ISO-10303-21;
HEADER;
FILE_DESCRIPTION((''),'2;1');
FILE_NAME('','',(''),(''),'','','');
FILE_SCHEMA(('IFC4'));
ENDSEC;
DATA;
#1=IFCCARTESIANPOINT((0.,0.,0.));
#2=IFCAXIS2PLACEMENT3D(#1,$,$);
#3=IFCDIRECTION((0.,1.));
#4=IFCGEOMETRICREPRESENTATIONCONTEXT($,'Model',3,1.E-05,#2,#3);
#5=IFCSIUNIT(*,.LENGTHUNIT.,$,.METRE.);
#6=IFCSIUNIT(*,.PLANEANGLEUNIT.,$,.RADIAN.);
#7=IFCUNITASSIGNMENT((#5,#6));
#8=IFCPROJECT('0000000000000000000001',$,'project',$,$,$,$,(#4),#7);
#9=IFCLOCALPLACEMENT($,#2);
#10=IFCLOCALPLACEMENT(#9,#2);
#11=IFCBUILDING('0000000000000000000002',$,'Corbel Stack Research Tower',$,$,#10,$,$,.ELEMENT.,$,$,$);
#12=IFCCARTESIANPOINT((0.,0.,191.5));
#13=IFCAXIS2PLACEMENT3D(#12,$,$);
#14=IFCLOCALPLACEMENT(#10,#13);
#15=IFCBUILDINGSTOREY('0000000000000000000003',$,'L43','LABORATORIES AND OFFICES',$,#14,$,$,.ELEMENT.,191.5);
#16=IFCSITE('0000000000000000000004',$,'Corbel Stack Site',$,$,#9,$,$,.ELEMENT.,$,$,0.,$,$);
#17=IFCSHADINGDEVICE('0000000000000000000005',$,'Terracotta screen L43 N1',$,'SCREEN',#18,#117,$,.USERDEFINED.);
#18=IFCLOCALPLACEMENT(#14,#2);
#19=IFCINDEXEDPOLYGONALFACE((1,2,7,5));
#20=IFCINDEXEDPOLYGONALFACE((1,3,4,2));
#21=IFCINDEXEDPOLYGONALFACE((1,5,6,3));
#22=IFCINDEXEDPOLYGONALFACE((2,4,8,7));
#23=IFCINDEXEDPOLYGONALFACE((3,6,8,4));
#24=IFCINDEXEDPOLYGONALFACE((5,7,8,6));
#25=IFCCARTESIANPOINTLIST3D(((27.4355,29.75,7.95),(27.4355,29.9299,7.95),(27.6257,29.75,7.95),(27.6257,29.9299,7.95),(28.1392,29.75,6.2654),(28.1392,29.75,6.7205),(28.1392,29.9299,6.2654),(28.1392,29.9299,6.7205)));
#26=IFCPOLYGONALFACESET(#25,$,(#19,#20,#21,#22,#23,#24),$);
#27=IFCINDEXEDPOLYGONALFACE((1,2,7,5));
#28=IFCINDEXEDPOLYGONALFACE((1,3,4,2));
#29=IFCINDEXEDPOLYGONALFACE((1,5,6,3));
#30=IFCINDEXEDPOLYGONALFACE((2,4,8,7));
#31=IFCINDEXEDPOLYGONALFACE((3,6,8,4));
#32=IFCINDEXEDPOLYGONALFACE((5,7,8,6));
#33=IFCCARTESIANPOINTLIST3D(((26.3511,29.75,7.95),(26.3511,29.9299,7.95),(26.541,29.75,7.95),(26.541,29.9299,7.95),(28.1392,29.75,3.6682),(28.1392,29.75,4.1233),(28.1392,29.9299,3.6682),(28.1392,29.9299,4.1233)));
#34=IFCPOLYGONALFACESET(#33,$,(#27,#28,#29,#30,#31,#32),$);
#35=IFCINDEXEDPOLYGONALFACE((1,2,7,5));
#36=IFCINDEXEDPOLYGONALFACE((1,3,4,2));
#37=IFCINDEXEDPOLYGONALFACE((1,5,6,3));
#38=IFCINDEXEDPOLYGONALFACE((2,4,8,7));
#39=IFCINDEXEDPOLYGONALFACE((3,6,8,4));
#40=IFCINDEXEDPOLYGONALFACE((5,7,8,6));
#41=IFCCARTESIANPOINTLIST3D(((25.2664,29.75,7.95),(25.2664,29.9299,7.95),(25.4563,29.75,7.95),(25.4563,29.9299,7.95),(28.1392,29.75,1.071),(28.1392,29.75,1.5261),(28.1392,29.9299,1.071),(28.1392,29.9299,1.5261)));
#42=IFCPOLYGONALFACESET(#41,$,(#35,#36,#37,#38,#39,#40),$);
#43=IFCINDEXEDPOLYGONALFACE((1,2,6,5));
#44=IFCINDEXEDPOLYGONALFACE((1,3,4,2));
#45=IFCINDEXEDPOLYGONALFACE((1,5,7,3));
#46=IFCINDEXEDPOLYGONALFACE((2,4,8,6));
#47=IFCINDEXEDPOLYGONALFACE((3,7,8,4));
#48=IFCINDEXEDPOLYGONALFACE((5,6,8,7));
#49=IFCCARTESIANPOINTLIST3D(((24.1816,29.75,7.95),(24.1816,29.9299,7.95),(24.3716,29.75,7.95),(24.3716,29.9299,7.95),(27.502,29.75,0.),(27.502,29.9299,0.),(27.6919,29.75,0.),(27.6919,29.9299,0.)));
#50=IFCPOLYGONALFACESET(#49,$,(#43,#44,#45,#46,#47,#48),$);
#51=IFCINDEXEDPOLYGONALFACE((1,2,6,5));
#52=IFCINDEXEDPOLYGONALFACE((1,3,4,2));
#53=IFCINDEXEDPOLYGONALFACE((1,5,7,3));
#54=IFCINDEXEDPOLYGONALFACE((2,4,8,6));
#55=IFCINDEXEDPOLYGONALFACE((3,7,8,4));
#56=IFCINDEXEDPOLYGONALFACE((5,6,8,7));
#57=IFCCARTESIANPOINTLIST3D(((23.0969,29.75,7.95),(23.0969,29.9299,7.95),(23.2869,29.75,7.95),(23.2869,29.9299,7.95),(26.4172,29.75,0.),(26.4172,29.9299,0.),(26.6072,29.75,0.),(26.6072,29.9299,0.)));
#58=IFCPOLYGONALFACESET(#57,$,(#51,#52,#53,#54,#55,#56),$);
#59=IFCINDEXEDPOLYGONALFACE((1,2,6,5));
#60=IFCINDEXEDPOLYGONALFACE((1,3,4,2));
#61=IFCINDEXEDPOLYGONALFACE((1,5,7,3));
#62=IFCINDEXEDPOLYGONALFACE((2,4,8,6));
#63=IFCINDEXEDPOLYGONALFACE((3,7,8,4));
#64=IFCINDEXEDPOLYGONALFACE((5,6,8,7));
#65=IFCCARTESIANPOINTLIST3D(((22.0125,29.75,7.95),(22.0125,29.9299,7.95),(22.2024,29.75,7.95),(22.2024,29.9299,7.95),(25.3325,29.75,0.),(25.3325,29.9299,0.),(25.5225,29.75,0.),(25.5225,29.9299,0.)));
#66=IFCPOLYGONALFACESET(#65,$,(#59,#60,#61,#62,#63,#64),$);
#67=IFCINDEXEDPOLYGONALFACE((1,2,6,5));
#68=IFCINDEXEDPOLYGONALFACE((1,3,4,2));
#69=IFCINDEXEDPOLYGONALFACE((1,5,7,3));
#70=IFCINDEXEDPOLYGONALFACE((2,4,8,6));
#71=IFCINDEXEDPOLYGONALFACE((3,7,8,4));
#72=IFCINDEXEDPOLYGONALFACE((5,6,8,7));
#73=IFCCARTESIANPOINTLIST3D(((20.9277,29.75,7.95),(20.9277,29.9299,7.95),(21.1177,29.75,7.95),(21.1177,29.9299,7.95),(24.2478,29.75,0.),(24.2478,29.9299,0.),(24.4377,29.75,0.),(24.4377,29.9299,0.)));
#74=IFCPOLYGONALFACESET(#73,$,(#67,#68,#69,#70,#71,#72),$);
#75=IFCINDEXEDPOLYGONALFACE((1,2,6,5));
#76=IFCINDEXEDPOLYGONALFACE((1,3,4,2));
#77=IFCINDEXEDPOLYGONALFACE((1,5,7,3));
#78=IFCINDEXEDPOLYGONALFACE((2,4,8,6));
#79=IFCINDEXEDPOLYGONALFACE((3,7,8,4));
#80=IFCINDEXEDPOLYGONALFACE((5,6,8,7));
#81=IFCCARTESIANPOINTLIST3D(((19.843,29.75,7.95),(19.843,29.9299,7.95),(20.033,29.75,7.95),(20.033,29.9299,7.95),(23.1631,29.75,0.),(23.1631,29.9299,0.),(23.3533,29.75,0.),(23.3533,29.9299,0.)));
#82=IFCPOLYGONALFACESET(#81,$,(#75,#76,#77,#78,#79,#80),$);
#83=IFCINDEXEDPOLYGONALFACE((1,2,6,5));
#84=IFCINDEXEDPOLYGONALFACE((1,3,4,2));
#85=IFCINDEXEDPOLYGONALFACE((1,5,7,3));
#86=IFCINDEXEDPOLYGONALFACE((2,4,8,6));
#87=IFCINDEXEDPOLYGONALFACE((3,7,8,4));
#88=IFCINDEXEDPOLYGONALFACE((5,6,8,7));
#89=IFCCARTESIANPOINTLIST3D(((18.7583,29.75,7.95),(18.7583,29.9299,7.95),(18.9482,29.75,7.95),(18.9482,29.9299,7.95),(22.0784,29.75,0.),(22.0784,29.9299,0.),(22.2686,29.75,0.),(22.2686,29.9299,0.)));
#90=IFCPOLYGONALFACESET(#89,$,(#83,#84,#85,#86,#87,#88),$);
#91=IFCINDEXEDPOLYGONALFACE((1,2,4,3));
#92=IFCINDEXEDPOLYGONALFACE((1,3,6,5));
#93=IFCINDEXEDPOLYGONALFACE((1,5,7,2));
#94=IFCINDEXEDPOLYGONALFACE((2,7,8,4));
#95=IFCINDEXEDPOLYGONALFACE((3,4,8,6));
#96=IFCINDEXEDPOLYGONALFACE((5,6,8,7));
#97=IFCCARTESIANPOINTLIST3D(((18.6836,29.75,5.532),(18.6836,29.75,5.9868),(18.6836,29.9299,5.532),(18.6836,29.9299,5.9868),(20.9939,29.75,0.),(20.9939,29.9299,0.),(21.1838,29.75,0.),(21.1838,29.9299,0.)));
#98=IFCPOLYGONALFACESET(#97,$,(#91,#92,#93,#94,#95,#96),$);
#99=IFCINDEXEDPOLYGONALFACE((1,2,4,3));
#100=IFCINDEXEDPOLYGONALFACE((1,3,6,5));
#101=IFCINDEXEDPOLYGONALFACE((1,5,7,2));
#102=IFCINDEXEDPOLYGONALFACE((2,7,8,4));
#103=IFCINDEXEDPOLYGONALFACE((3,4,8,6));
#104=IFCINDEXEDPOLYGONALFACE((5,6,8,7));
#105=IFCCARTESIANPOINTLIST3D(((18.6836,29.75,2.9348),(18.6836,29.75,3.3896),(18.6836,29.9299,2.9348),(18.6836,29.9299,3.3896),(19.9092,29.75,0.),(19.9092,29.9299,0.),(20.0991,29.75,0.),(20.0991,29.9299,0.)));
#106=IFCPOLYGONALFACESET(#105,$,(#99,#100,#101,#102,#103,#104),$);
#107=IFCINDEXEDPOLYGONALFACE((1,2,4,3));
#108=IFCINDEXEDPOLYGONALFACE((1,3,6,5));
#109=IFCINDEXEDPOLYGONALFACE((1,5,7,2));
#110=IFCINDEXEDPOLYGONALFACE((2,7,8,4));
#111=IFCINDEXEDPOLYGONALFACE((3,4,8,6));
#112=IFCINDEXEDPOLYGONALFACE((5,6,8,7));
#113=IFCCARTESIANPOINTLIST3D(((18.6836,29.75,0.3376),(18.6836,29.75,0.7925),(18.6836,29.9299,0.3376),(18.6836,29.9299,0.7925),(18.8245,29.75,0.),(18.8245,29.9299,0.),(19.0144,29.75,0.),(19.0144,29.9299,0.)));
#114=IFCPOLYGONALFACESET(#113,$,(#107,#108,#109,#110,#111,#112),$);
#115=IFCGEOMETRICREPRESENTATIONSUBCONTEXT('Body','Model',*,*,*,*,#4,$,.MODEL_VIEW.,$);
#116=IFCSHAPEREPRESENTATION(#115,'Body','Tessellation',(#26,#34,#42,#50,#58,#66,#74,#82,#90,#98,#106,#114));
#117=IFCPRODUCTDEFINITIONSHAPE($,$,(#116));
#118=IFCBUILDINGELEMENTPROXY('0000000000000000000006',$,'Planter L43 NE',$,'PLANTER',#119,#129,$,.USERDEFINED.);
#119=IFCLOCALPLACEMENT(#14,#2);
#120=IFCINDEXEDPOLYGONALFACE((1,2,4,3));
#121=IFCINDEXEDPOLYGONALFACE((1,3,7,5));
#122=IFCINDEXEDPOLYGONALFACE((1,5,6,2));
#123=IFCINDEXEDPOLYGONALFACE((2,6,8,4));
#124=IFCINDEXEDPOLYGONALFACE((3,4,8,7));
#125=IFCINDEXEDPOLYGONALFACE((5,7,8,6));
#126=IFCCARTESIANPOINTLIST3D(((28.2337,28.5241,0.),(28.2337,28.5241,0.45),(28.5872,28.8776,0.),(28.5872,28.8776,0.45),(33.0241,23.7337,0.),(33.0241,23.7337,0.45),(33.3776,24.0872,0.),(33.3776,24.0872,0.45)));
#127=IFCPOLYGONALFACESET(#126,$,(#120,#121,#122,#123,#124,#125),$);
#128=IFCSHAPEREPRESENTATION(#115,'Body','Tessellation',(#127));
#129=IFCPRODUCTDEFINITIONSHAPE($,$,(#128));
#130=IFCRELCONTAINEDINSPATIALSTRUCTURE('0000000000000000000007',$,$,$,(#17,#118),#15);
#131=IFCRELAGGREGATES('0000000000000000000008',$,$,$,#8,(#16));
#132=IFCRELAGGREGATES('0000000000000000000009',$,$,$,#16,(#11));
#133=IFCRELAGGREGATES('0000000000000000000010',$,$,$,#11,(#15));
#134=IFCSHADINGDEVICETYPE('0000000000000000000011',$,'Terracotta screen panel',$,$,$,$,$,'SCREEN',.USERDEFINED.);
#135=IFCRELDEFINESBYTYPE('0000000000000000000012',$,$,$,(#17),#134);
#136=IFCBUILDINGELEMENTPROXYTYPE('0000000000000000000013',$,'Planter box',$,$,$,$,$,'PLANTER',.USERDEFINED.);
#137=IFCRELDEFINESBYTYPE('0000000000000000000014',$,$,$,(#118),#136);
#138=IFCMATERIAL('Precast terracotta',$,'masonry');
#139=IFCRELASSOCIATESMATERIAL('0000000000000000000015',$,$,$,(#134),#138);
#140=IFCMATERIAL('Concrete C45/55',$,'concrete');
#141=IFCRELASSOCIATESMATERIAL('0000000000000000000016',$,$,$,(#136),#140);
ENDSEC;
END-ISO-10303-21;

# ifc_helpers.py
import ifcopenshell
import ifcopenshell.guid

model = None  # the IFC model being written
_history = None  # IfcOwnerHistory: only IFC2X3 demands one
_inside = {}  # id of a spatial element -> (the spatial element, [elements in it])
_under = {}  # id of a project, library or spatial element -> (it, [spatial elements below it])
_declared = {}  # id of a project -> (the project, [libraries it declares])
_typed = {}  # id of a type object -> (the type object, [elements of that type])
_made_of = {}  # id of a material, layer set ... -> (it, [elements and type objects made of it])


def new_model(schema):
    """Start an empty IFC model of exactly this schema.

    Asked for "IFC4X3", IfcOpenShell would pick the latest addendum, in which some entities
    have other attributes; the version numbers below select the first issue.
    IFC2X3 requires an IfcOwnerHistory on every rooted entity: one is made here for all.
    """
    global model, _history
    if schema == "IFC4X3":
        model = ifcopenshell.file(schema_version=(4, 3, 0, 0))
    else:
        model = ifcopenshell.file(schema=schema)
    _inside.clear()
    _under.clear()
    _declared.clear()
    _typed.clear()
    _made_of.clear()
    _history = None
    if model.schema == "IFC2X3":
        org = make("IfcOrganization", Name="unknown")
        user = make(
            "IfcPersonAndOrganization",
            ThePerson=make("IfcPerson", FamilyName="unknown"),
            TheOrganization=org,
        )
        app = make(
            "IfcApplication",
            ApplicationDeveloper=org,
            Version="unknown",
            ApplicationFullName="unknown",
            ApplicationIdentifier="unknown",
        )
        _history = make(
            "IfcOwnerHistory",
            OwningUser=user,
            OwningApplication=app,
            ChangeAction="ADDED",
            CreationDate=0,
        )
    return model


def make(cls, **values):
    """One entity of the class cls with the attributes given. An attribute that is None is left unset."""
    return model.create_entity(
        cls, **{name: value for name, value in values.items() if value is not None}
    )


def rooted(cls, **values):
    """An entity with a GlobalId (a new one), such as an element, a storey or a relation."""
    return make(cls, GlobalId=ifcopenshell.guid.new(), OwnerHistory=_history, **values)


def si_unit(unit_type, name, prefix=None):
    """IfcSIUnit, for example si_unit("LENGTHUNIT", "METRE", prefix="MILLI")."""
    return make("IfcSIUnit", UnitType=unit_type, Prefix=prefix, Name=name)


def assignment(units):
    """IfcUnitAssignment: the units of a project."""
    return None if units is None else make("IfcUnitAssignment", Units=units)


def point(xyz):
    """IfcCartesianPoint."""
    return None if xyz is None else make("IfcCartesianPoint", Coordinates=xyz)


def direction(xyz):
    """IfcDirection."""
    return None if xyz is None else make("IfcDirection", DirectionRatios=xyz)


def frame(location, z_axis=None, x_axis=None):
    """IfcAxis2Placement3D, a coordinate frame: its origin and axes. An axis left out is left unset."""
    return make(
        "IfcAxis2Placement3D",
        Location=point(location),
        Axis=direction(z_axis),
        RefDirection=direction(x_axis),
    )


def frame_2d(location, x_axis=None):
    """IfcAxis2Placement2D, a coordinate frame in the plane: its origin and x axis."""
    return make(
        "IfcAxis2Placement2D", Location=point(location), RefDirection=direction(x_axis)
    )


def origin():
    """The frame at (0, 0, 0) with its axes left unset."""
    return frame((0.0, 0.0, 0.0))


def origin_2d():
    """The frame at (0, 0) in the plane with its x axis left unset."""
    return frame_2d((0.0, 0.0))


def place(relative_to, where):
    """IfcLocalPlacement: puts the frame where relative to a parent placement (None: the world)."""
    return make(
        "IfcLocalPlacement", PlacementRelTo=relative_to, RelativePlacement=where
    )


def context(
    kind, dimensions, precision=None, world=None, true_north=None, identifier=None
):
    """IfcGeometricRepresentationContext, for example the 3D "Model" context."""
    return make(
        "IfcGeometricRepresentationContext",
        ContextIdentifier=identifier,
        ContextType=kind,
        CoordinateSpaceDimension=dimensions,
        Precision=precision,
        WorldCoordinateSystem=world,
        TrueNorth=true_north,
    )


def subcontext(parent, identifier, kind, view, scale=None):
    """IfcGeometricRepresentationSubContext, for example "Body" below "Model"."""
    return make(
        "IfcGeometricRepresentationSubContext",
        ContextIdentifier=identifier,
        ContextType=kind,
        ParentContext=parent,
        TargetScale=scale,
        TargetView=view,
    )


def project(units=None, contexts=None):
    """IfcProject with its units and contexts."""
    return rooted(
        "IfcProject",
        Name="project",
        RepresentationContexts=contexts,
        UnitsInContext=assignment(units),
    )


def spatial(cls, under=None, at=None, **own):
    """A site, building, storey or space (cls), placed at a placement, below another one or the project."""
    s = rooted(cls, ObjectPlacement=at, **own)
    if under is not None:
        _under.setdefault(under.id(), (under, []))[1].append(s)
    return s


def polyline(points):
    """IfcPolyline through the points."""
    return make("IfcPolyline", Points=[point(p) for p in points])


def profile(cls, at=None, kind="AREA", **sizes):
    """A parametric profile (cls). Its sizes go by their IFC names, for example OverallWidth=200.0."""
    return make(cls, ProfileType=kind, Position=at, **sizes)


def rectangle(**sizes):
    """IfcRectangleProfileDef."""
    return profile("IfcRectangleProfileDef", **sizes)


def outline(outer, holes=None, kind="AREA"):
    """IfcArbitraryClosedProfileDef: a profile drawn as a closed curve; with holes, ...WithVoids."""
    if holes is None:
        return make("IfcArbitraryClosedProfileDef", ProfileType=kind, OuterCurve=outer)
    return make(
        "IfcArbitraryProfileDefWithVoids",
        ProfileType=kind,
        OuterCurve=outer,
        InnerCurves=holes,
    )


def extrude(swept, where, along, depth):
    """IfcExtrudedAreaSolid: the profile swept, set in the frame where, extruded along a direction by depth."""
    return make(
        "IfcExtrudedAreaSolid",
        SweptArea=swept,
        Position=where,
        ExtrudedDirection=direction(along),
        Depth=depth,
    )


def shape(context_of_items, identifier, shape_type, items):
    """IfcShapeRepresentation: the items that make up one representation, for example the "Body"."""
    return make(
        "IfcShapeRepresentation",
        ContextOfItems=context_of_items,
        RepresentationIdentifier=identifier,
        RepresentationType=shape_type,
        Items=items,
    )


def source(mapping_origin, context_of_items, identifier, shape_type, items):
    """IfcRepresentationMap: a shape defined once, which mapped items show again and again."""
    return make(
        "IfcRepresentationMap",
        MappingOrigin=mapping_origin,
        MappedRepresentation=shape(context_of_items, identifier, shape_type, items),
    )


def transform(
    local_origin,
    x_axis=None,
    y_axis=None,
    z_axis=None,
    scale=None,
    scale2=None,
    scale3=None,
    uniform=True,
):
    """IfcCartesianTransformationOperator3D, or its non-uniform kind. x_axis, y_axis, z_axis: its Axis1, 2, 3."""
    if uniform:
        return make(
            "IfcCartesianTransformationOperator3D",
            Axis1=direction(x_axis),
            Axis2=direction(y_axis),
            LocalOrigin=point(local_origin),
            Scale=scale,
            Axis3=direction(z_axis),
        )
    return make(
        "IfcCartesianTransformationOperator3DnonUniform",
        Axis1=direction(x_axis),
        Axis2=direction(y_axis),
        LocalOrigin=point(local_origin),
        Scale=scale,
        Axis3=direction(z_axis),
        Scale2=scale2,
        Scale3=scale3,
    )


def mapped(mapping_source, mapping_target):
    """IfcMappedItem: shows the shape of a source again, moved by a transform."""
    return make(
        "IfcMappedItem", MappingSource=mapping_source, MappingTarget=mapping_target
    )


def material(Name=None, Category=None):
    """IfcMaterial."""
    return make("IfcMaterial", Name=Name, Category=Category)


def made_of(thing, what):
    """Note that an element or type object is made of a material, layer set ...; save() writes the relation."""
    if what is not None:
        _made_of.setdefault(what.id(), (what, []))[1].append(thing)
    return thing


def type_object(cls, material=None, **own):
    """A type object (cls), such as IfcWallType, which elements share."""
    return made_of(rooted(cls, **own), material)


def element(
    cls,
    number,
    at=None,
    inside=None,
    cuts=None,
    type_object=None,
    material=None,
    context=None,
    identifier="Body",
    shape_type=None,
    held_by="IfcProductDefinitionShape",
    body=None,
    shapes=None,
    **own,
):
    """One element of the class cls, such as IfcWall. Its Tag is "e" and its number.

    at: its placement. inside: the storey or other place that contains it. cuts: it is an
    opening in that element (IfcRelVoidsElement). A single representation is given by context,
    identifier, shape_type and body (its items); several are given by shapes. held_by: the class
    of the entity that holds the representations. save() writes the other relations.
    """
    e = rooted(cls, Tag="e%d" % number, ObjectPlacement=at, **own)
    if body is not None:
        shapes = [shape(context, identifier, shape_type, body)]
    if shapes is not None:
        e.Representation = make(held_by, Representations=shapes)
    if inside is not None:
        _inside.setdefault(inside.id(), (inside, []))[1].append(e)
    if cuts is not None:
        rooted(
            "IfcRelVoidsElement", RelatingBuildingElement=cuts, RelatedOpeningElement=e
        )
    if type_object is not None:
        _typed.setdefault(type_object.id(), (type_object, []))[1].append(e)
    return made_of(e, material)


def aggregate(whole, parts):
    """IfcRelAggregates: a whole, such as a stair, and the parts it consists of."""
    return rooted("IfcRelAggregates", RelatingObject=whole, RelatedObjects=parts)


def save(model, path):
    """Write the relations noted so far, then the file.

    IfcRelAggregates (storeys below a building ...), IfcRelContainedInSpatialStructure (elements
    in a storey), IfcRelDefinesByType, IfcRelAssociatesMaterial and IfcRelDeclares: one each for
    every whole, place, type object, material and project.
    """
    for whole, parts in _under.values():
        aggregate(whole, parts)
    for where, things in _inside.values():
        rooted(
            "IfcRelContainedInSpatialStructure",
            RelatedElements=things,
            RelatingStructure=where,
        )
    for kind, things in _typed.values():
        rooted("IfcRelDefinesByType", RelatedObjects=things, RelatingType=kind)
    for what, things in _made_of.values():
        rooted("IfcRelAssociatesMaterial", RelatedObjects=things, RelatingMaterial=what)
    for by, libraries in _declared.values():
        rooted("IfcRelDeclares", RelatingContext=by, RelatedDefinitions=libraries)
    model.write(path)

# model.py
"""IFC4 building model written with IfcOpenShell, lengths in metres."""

from ifc_helpers import new_model, si_unit, direction, frame, origin, origin_2d, place, context, subcontext, project, spatial, polyline, rectangle, outline, extrude, source, transform, mapped, material, type_object, element, save


model = new_model("IFC4")

# Units and contexts
model_context = context("Model", 3, precision=1e-05, world=origin(), true_north=direction((0.0, 1.0)))
body_context = subcontext(model_context, "Body", "Model", "MODEL_VIEW")
ifc_project = project(units=[si_unit("LENGTHUNIT", "METRE"), si_unit("PLANEANGLEUNIT", "RADIAN")], contexts=[model_context])

# Site, building, storey
site_placement = place(None, origin())
site = spatial("IfcSite", under=ifc_project, at=site_placement, Name="Corbel Stack Site", CompositionType="ELEMENT", RefElevation=0.0)
building_placement = place(site_placement, origin())
building = spatial("IfcBuilding", under=site, at=building_placement, Name="Corbel Stack Research Tower", CompositionType="ELEMENT")
storey_placement = place(building_placement, frame((0.0, 0.0, 191.5)))
storey = spatial("IfcBuildingStorey", under=building, at=storey_placement, Name="L43", Description="LABORATORIES AND OFFICES", CompositionType="ELEMENT", Elevation=191.5)

# Shading device
ifc_material_1 = material(Name="Precast terracotta", Category="masonry")
shading_device_type = type_object("IfcShadingDeviceType", Name="Terracotta screen panel", ElementType="SCREEN", PredefinedType="USERDEFINED", material=ifc_material_1)
shared_shape_1 = source(origin(), body_context, "Body", "SweptSolid", [
    extrude(outline(polyline([(0.7036, 7.95), (0.5134, 7.95), (0.0, 6.7205), (0.0, 6.2654), (0.7036, 7.95)])), frame((0.0, 0.0, 0.0), z_axis=(0.0, -1.0, 0.0), x_axis=(1.0, 0.0, 0.0)), (0.0, 0.0, 1.0), 0.1799),
    extrude(outline(polyline([(1.7881, 7.95), (1.5981, 7.95), (0.0, 4.1233), (0.0, 3.6682), (1.7881, 7.95)])), frame((0.0, 0.0, 0.0), z_axis=(0.0, -1.0, 0.0), x_axis=(1.0, 0.0, 0.0)), (0.0, 0.0, 1.0), 0.1799),
    extrude(outline(polyline([(2.8728, 7.95), (2.6829, 7.95), (0.0, 1.5261), (0.0, 1.071), (2.8728, 7.95)])), frame((0.0, 0.0, 0.0), z_axis=(0.0, -1.0, 0.0), x_axis=(1.0, 0.0, 0.0)), (0.0, 0.0, 1.0), 0.1799),
    extrude(outline(polyline([(0.6372, 0.0), (3.9575, 7.95), (3.7676, 7.95), (0.4473, 0.0), (0.6372, 0.0)])), frame((0.0, 0.0, 0.0), z_axis=(0.0, -1.0, 0.0), x_axis=(1.0, 0.0, 0.0)), (0.0, 0.0, 1.0), 0.1799),
    extrude(outline(polyline([(1.7219, 0.0), (5.0422, 7.95), (4.8523, 7.95), (1.532, 0.0), (1.7219, 0.0)])), frame((0.0, 0.0, 0.0), z_axis=(0.0, -1.0, 0.0), x_axis=(1.0, 0.0, 0.0)), (0.0, 0.0, 1.0), 0.1799),
    extrude(outline(polyline([(2.8066, 0.0), (6.1267, 7.95), (5.9368, 7.95), (2.6167, 0.0), (2.8066, 0.0)])), frame((0.0, 0.0, 0.0), z_axis=(0.0, -1.0, 0.0), x_axis=(1.0, 0.0, 0.0)), (0.0, 0.0, 1.0), 0.1799),
    extrude(outline(polyline([(3.8914, 0.0), (7.2114, 7.95), (7.0215, 7.95), (3.7014, 0.0), (3.8914, 0.0)])), frame((0.0, 0.0, 0.0), z_axis=(0.0, -1.0, 0.0), x_axis=(1.0, 0.0, 0.0)), (0.0, 0.0, 1.0), 0.1799),
    extrude(outline(polyline([(4.9761, 0.0), (8.2961, 7.95), (8.1062, 7.95), (4.7859, 0.0), (4.9761, 0.0)])), frame((0.0, 0.0, 0.0), z_axis=(0.0, -1.0, 0.0), x_axis=(1.0, 0.0, 0.0)), (0.0, 0.0, 1.0), 0.1799),
    extrude(outline(polyline([(6.0608, 0.0), (9.3809, 7.95), (9.1909, 7.95), (5.8706, 0.0), (6.0608, 0.0)])), frame((0.0, 0.0, 0.0), z_axis=(0.0, -1.0, 0.0), x_axis=(1.0, 0.0, 0.0)), (0.0, 0.0, 1.0), 0.1799),
    extrude(outline(polyline([(7.1453, 0.0), (9.4556, 5.532), (9.4556, 5.9868), (6.9553, 0.0), (7.1453, 0.0)])), frame((0.0, 0.0, 0.0), z_axis=(0.0, -1.0, 0.0), x_axis=(1.0, 0.0, 0.0)), (0.0, 0.0, 1.0), 0.1799),
    extrude(outline(polyline([(8.23, 0.0), (9.4556, 2.9348), (9.4556, 3.3896), (8.04, 0.0), (8.23, 0.0)])), frame((0.0, 0.0, 0.0), z_axis=(0.0, -1.0, 0.0), x_axis=(1.0, 0.0, 0.0)), (0.0, 0.0, 1.0), 0.1799),
    extrude(outline(polyline([(9.3147, 0.0), (9.4556, 0.3376), (9.4556, 0.7925), (9.1248, 0.0), (9.3147, 0.0)])), frame((0.0, 0.0, 0.0), z_axis=(0.0, -1.0, 0.0), x_axis=(1.0, 0.0, 0.0)), (0.0, 0.0, 1.0), 0.1799),
])
shading_device_1_placement = place(storey_placement, frame((28.1392, 29.75, 0.0), z_axis=(0.0, 0.0, 1.0), x_axis=(-1.0, 0.0, 0.0)))
element("IfcShadingDevice", 1, at=shading_device_1_placement, inside=storey, type_object=shading_device_type, Name="Terracotta screen L43 N1", ObjectType="SCREEN", PredefinedType="USERDEFINED", context=body_context, shape_type="MappedRepresentation", body=[
    mapped(shared_shape_1, transform((0.0, 0.0, 0.0))),
])

# Building element proxy
ifc_material_2 = material(Name="Concrete C45/55", Category="concrete")
building_element_proxy_type = type_object("IfcBuildingElementProxyType", Name="Planter box", ElementType="PLANTER", PredefinedType="USERDEFINED", material=ifc_material_2)
proxy_placement = place(storey_placement, frame((30.8057, 26.3057, 0.0), z_axis=(0.0, 0.0, 1.0), x_axis=(-0.707107, 0.707107, 0.0)))
element("IfcBuildingElementProxy", 2, at=proxy_placement, inside=storey, type_object=building_element_proxy_type, Name="Planter L43 NE", ObjectType="PLANTER", PredefinedType="USERDEFINED", context=body_context, shape_type="SweptSolid", body=[
    extrude(rectangle(XDim=6.7747, YDim=0.5, at=origin_2d()), origin(), (0.0, 0.0, 1.0), 0.45),
])

save(model, "model.ifc")
